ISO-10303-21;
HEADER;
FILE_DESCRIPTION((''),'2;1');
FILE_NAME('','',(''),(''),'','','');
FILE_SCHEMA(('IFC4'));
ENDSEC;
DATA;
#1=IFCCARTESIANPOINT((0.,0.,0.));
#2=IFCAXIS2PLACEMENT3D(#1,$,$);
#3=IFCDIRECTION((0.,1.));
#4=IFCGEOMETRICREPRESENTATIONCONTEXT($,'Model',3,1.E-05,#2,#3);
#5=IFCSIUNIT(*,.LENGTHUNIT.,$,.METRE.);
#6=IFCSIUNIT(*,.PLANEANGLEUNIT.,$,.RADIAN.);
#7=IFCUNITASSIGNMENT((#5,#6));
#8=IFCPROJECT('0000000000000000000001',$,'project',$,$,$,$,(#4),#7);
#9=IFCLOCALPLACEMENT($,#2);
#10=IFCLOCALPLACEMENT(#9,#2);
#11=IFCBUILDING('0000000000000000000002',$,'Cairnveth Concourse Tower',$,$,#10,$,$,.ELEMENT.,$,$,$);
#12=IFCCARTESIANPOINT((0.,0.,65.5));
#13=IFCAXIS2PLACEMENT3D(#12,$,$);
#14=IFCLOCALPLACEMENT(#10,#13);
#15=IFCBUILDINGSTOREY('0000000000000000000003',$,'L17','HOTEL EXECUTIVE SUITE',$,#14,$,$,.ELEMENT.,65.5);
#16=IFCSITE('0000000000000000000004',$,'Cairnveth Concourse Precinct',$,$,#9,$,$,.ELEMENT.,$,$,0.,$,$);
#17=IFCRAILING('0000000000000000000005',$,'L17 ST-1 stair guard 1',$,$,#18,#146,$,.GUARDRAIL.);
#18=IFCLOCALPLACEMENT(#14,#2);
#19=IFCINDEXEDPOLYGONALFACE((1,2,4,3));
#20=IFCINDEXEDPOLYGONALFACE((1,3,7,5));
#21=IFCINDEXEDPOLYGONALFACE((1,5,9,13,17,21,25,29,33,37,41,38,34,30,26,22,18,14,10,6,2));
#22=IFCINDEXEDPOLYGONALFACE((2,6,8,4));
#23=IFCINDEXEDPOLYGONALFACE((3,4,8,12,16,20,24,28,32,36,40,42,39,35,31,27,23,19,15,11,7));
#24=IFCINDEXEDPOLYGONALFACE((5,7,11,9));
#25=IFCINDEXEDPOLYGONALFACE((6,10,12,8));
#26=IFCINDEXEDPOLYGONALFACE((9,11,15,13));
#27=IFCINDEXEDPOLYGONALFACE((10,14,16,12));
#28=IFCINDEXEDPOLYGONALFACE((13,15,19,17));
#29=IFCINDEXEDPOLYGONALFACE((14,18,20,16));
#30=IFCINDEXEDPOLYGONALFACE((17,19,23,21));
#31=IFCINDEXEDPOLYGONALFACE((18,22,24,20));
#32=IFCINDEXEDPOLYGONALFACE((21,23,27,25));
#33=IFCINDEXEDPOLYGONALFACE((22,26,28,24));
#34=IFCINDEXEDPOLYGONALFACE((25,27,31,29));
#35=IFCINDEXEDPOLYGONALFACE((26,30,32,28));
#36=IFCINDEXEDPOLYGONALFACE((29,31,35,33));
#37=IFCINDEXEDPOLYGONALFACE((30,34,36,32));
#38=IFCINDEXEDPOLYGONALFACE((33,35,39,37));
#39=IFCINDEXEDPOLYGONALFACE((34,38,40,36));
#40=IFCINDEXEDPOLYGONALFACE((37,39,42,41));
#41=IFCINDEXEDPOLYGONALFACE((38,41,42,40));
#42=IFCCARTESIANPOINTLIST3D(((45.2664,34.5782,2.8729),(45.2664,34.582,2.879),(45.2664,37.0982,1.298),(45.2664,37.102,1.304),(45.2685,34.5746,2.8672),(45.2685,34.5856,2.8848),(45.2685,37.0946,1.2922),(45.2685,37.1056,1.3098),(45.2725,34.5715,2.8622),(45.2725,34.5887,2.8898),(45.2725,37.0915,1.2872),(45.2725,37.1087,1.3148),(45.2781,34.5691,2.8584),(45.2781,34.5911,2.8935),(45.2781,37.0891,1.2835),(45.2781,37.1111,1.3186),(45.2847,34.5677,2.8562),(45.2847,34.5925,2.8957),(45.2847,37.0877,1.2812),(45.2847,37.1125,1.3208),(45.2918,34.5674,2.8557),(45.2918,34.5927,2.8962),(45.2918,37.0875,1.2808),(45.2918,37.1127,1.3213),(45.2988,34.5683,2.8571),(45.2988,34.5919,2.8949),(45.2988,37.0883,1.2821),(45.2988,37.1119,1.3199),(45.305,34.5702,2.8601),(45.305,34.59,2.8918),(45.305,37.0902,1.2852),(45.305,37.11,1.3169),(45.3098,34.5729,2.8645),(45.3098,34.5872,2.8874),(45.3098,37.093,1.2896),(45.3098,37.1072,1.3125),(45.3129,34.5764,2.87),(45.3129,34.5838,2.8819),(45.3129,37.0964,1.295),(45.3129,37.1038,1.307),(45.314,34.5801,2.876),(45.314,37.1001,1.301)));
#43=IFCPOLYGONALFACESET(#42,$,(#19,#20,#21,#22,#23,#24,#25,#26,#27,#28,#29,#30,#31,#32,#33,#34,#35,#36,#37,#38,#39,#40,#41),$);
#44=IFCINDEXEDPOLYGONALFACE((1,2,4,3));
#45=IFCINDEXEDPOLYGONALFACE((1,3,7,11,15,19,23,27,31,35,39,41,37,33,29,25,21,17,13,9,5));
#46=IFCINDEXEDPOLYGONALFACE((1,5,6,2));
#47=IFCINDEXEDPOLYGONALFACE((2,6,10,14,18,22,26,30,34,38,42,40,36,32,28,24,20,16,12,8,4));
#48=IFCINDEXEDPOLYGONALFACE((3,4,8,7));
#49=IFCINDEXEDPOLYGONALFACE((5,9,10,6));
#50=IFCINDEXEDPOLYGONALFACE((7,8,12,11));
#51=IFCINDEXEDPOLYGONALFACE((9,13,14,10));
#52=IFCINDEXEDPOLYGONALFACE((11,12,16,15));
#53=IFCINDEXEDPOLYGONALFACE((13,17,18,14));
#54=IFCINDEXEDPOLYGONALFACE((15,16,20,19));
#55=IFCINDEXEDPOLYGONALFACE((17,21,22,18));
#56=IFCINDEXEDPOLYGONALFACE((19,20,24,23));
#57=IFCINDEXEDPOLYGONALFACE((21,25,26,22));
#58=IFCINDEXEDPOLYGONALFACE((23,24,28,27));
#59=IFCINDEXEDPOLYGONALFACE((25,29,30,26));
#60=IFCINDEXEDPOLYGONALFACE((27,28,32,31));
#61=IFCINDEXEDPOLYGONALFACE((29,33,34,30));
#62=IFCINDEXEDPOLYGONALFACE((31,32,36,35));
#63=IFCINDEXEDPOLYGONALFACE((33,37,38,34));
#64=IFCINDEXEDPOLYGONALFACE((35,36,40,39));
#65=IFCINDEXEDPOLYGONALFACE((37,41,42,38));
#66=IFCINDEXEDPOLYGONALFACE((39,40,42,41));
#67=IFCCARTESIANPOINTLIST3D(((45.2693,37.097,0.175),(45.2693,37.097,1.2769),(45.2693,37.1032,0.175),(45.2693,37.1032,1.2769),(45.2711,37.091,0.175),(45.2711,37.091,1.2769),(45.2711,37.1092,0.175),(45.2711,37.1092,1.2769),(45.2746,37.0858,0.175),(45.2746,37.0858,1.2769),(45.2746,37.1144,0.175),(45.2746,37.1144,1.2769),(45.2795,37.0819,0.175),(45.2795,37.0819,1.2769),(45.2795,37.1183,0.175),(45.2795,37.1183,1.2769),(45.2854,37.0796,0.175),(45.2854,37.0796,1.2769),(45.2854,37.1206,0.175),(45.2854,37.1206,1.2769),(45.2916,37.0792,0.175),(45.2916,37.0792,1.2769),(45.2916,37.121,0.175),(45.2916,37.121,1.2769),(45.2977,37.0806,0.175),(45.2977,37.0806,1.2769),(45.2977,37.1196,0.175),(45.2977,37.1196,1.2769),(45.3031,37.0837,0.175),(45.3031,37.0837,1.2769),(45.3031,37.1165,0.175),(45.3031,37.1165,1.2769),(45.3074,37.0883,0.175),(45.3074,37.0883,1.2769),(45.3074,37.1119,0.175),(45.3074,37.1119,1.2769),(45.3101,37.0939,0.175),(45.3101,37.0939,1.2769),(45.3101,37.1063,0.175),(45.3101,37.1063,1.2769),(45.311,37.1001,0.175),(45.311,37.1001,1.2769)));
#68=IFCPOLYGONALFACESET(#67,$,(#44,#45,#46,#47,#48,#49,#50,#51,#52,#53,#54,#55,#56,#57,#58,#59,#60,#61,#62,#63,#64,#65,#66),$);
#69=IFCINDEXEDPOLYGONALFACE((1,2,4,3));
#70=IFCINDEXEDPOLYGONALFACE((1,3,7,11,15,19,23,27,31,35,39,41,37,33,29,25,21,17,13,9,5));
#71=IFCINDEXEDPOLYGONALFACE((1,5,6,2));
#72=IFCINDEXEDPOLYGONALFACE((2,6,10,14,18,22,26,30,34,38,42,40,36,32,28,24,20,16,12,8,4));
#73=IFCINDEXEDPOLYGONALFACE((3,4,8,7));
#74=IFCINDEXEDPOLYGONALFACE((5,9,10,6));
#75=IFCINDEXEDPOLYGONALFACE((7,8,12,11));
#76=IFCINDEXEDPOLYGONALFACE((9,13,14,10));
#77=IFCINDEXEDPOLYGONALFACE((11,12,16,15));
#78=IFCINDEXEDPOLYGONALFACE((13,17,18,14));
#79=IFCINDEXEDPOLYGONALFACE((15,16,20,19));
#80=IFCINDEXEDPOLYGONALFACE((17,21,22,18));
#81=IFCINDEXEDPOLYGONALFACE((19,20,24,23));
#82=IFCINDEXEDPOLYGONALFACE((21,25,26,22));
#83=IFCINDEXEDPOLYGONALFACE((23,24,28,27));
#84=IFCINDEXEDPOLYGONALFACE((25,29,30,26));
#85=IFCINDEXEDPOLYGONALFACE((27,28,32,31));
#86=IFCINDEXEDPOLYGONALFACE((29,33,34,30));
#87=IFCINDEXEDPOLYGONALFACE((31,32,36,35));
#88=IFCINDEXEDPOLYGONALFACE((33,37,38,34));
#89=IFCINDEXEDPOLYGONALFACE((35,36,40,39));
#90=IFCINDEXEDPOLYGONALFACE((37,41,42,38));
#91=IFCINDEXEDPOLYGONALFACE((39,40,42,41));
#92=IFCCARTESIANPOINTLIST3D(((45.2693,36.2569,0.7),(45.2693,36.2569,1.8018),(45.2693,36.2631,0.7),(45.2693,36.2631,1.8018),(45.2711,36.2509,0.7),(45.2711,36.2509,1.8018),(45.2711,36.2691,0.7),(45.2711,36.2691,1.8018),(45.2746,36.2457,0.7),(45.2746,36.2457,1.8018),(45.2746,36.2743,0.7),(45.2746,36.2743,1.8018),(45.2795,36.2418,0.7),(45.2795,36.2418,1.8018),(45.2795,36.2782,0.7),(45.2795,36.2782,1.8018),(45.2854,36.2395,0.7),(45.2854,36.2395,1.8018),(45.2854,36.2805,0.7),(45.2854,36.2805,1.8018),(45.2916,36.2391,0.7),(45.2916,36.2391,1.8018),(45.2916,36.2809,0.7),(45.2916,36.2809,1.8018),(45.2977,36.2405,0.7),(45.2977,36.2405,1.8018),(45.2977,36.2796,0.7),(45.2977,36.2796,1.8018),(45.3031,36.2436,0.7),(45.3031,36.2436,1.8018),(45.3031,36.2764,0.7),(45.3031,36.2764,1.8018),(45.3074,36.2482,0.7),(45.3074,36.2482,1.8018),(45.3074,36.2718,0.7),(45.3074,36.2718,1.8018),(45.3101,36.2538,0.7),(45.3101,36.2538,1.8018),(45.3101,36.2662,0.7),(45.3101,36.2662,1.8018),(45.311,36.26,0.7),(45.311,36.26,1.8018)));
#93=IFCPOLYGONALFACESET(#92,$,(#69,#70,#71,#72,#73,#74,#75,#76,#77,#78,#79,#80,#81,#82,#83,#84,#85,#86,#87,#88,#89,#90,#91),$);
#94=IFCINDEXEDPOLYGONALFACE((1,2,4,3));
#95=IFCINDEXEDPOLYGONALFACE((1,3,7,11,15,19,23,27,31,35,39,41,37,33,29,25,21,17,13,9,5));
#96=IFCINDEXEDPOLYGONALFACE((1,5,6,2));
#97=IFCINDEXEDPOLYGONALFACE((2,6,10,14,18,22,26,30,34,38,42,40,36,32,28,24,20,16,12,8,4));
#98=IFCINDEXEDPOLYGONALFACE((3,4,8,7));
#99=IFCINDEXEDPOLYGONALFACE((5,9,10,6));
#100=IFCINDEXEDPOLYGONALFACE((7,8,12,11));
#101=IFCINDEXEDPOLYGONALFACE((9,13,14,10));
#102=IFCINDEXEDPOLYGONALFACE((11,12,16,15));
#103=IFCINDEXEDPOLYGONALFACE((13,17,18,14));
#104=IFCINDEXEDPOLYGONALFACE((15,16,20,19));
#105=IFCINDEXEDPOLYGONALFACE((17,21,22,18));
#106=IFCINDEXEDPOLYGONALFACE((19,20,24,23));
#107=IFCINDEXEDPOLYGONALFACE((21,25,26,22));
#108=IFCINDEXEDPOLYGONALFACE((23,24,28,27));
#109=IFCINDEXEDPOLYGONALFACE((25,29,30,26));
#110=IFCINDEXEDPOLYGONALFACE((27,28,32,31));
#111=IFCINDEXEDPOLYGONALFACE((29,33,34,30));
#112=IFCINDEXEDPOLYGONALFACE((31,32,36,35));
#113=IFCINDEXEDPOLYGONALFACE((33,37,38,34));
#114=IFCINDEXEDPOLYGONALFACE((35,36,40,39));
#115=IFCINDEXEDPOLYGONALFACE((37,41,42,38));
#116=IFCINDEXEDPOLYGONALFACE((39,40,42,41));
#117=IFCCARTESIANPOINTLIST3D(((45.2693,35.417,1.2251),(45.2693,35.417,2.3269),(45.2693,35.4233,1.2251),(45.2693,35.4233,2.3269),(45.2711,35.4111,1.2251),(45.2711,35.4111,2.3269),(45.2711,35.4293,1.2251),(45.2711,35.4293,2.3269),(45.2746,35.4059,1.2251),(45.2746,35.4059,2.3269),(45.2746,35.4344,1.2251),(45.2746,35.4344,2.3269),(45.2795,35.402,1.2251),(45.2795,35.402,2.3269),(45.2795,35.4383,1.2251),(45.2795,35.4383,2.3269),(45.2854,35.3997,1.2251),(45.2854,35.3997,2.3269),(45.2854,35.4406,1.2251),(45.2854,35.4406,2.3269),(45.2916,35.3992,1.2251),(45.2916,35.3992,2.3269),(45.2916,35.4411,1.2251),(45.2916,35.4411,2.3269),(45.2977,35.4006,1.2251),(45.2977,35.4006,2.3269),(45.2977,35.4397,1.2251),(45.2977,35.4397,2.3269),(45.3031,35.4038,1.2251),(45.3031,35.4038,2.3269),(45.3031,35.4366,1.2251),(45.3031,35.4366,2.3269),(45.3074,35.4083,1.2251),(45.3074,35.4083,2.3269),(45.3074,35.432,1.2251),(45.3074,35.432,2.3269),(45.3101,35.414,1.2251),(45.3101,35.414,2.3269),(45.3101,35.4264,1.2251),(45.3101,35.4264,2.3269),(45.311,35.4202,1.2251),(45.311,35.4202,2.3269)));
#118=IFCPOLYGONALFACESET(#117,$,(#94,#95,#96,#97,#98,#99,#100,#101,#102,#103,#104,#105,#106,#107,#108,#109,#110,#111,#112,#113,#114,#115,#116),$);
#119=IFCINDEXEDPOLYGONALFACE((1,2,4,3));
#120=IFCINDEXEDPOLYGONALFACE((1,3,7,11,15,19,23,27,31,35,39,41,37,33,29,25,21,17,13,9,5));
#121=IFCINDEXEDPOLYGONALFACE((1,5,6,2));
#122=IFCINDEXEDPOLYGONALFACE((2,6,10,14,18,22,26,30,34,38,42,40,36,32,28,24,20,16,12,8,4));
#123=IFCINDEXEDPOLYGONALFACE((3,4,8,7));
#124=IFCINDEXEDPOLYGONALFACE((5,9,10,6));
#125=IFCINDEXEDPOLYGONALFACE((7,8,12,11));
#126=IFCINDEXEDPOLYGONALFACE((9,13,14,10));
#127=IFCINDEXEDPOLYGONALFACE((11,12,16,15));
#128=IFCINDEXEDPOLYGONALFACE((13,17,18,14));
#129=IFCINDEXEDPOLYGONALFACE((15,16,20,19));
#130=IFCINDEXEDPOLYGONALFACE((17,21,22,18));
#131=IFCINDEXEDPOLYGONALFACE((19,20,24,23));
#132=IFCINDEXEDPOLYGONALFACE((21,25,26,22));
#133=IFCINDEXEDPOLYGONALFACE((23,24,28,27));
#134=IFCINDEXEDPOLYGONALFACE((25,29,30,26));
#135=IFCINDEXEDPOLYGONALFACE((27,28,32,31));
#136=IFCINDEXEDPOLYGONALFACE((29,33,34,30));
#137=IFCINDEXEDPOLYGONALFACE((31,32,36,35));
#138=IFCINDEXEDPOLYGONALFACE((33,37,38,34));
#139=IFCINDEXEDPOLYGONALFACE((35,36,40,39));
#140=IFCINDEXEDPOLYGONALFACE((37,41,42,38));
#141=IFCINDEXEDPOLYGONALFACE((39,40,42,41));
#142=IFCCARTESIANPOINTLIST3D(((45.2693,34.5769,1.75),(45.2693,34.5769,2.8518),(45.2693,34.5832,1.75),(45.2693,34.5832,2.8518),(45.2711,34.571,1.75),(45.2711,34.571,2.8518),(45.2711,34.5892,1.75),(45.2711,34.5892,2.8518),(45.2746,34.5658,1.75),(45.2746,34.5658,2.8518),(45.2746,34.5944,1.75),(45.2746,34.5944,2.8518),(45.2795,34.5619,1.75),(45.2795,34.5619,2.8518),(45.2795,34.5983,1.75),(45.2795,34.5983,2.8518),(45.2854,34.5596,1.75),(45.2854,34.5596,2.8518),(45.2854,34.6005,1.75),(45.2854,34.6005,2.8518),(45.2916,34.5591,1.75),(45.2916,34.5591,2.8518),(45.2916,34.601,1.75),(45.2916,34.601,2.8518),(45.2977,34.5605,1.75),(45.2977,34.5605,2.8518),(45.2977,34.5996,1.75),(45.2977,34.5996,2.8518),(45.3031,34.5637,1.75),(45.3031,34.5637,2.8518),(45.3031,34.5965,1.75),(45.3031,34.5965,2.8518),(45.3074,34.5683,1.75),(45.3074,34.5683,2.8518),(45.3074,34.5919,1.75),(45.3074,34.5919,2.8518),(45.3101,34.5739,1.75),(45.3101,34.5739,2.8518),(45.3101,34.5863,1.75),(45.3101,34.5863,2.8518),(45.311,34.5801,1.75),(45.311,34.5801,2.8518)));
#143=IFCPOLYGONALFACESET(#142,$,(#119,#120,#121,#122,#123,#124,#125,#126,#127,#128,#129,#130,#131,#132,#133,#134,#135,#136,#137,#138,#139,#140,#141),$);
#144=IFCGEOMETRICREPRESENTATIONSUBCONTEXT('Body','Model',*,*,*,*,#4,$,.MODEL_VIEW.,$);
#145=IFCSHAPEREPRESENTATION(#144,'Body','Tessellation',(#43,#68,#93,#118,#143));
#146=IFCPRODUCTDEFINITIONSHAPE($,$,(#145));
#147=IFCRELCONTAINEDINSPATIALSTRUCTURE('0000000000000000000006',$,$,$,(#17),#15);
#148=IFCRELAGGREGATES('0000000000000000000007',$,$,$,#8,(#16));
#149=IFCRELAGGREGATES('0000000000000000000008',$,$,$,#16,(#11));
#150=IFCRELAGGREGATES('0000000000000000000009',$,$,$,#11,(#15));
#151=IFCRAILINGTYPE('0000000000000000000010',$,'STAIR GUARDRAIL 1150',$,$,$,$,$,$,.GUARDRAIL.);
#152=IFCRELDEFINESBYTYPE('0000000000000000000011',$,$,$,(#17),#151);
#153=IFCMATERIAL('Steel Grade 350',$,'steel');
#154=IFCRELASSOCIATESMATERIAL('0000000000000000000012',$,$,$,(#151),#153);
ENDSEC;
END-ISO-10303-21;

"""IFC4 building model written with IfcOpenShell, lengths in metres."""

from ifc_helpers import new_model, si_unit, direction, frame, origin, origin_2d, place, context, subcontext, project, spatial, circle, extrude, material, type_object, element, save


model = new_model("IFC4")

# Units and contexts
model_context = context("Model", 3, precision=1e-05, world=origin(), true_north=direction((0.0, 1.0)))
body_context = subcontext(model_context, "Body", "Model", "MODEL_VIEW")
ifc_project = project(units=[si_unit("LENGTHUNIT", "METRE"), si_unit("PLANEANGLEUNIT", "RADIAN")], contexts=[model_context])

# Site, building, storey
site_placement = place(None, origin())
site = spatial("IfcSite", under=ifc_project, at=site_placement, Name="Cairnveth Concourse Precinct", CompositionType="ELEMENT", RefElevation=0.0)
building_placement = place(site_placement, origin())
building = spatial("IfcBuilding", under=site, at=building_placement, Name="Cairnveth Concourse Tower", CompositionType="ELEMENT")
storey_placement = place(building_placement, frame((0.0, 0.0, 65.5)))
storey = spatial("IfcBuildingStorey", under=building, at=storey_placement, Name="L17", Description="HOTEL EXECUTIVE SUITE", CompositionType="ELEMENT", Elevation=65.5)

# Shared definitions
ifc_material_1 = material(Name="Steel Grade 350", Category="steel")

# Railing
railing_type = type_object("IfcRailingType", Name="STAIR GUARDRAIL 1150", PredefinedType="GUARDRAIL", material=ifc_material_1)
railing_1_placement = place(storey_placement, frame((45.29, 37.1001, 0.175)))
element("IfcRailing", 1, at=railing_1_placement, inside=storey, type_object=railing_type, Name="L17 ST-1 stair guard 1", PredefinedType="GUARDRAIL", context=body_context, shape_type="SweptSolid", body=[
    extrude(circle(Radius=0.0239, at=origin_2d()), frame((0.0, 0.0, 1.126), z_axis=(0.0, -0.848008, 0.529984), x_axis=(1.0, 0.0, 0.0)), (0.0, 0.0, 1.0), 2.9717),
    extrude(circle(Radius=0.021, at=origin_2d()), origin(), (0.0, 0.0, 1.0), 1.1018),
    extrude(circle(Radius=0.021, at=origin_2d()), frame((0.0, -0.8401, 0.5249)), (0.0, 0.0, 1.0), 1.1018),
    extrude(circle(Radius=0.021, at=origin_2d()), frame((0.0, -1.6799, 1.05)), (0.0, 0.0, 1.0), 1.1018),
    extrude(circle(Radius=0.021, at=origin_2d()), frame((0.0, -2.52, 1.575)), (0.0, 0.0, 1.0), 1.1018),
])

save(model, "model.ifc")
